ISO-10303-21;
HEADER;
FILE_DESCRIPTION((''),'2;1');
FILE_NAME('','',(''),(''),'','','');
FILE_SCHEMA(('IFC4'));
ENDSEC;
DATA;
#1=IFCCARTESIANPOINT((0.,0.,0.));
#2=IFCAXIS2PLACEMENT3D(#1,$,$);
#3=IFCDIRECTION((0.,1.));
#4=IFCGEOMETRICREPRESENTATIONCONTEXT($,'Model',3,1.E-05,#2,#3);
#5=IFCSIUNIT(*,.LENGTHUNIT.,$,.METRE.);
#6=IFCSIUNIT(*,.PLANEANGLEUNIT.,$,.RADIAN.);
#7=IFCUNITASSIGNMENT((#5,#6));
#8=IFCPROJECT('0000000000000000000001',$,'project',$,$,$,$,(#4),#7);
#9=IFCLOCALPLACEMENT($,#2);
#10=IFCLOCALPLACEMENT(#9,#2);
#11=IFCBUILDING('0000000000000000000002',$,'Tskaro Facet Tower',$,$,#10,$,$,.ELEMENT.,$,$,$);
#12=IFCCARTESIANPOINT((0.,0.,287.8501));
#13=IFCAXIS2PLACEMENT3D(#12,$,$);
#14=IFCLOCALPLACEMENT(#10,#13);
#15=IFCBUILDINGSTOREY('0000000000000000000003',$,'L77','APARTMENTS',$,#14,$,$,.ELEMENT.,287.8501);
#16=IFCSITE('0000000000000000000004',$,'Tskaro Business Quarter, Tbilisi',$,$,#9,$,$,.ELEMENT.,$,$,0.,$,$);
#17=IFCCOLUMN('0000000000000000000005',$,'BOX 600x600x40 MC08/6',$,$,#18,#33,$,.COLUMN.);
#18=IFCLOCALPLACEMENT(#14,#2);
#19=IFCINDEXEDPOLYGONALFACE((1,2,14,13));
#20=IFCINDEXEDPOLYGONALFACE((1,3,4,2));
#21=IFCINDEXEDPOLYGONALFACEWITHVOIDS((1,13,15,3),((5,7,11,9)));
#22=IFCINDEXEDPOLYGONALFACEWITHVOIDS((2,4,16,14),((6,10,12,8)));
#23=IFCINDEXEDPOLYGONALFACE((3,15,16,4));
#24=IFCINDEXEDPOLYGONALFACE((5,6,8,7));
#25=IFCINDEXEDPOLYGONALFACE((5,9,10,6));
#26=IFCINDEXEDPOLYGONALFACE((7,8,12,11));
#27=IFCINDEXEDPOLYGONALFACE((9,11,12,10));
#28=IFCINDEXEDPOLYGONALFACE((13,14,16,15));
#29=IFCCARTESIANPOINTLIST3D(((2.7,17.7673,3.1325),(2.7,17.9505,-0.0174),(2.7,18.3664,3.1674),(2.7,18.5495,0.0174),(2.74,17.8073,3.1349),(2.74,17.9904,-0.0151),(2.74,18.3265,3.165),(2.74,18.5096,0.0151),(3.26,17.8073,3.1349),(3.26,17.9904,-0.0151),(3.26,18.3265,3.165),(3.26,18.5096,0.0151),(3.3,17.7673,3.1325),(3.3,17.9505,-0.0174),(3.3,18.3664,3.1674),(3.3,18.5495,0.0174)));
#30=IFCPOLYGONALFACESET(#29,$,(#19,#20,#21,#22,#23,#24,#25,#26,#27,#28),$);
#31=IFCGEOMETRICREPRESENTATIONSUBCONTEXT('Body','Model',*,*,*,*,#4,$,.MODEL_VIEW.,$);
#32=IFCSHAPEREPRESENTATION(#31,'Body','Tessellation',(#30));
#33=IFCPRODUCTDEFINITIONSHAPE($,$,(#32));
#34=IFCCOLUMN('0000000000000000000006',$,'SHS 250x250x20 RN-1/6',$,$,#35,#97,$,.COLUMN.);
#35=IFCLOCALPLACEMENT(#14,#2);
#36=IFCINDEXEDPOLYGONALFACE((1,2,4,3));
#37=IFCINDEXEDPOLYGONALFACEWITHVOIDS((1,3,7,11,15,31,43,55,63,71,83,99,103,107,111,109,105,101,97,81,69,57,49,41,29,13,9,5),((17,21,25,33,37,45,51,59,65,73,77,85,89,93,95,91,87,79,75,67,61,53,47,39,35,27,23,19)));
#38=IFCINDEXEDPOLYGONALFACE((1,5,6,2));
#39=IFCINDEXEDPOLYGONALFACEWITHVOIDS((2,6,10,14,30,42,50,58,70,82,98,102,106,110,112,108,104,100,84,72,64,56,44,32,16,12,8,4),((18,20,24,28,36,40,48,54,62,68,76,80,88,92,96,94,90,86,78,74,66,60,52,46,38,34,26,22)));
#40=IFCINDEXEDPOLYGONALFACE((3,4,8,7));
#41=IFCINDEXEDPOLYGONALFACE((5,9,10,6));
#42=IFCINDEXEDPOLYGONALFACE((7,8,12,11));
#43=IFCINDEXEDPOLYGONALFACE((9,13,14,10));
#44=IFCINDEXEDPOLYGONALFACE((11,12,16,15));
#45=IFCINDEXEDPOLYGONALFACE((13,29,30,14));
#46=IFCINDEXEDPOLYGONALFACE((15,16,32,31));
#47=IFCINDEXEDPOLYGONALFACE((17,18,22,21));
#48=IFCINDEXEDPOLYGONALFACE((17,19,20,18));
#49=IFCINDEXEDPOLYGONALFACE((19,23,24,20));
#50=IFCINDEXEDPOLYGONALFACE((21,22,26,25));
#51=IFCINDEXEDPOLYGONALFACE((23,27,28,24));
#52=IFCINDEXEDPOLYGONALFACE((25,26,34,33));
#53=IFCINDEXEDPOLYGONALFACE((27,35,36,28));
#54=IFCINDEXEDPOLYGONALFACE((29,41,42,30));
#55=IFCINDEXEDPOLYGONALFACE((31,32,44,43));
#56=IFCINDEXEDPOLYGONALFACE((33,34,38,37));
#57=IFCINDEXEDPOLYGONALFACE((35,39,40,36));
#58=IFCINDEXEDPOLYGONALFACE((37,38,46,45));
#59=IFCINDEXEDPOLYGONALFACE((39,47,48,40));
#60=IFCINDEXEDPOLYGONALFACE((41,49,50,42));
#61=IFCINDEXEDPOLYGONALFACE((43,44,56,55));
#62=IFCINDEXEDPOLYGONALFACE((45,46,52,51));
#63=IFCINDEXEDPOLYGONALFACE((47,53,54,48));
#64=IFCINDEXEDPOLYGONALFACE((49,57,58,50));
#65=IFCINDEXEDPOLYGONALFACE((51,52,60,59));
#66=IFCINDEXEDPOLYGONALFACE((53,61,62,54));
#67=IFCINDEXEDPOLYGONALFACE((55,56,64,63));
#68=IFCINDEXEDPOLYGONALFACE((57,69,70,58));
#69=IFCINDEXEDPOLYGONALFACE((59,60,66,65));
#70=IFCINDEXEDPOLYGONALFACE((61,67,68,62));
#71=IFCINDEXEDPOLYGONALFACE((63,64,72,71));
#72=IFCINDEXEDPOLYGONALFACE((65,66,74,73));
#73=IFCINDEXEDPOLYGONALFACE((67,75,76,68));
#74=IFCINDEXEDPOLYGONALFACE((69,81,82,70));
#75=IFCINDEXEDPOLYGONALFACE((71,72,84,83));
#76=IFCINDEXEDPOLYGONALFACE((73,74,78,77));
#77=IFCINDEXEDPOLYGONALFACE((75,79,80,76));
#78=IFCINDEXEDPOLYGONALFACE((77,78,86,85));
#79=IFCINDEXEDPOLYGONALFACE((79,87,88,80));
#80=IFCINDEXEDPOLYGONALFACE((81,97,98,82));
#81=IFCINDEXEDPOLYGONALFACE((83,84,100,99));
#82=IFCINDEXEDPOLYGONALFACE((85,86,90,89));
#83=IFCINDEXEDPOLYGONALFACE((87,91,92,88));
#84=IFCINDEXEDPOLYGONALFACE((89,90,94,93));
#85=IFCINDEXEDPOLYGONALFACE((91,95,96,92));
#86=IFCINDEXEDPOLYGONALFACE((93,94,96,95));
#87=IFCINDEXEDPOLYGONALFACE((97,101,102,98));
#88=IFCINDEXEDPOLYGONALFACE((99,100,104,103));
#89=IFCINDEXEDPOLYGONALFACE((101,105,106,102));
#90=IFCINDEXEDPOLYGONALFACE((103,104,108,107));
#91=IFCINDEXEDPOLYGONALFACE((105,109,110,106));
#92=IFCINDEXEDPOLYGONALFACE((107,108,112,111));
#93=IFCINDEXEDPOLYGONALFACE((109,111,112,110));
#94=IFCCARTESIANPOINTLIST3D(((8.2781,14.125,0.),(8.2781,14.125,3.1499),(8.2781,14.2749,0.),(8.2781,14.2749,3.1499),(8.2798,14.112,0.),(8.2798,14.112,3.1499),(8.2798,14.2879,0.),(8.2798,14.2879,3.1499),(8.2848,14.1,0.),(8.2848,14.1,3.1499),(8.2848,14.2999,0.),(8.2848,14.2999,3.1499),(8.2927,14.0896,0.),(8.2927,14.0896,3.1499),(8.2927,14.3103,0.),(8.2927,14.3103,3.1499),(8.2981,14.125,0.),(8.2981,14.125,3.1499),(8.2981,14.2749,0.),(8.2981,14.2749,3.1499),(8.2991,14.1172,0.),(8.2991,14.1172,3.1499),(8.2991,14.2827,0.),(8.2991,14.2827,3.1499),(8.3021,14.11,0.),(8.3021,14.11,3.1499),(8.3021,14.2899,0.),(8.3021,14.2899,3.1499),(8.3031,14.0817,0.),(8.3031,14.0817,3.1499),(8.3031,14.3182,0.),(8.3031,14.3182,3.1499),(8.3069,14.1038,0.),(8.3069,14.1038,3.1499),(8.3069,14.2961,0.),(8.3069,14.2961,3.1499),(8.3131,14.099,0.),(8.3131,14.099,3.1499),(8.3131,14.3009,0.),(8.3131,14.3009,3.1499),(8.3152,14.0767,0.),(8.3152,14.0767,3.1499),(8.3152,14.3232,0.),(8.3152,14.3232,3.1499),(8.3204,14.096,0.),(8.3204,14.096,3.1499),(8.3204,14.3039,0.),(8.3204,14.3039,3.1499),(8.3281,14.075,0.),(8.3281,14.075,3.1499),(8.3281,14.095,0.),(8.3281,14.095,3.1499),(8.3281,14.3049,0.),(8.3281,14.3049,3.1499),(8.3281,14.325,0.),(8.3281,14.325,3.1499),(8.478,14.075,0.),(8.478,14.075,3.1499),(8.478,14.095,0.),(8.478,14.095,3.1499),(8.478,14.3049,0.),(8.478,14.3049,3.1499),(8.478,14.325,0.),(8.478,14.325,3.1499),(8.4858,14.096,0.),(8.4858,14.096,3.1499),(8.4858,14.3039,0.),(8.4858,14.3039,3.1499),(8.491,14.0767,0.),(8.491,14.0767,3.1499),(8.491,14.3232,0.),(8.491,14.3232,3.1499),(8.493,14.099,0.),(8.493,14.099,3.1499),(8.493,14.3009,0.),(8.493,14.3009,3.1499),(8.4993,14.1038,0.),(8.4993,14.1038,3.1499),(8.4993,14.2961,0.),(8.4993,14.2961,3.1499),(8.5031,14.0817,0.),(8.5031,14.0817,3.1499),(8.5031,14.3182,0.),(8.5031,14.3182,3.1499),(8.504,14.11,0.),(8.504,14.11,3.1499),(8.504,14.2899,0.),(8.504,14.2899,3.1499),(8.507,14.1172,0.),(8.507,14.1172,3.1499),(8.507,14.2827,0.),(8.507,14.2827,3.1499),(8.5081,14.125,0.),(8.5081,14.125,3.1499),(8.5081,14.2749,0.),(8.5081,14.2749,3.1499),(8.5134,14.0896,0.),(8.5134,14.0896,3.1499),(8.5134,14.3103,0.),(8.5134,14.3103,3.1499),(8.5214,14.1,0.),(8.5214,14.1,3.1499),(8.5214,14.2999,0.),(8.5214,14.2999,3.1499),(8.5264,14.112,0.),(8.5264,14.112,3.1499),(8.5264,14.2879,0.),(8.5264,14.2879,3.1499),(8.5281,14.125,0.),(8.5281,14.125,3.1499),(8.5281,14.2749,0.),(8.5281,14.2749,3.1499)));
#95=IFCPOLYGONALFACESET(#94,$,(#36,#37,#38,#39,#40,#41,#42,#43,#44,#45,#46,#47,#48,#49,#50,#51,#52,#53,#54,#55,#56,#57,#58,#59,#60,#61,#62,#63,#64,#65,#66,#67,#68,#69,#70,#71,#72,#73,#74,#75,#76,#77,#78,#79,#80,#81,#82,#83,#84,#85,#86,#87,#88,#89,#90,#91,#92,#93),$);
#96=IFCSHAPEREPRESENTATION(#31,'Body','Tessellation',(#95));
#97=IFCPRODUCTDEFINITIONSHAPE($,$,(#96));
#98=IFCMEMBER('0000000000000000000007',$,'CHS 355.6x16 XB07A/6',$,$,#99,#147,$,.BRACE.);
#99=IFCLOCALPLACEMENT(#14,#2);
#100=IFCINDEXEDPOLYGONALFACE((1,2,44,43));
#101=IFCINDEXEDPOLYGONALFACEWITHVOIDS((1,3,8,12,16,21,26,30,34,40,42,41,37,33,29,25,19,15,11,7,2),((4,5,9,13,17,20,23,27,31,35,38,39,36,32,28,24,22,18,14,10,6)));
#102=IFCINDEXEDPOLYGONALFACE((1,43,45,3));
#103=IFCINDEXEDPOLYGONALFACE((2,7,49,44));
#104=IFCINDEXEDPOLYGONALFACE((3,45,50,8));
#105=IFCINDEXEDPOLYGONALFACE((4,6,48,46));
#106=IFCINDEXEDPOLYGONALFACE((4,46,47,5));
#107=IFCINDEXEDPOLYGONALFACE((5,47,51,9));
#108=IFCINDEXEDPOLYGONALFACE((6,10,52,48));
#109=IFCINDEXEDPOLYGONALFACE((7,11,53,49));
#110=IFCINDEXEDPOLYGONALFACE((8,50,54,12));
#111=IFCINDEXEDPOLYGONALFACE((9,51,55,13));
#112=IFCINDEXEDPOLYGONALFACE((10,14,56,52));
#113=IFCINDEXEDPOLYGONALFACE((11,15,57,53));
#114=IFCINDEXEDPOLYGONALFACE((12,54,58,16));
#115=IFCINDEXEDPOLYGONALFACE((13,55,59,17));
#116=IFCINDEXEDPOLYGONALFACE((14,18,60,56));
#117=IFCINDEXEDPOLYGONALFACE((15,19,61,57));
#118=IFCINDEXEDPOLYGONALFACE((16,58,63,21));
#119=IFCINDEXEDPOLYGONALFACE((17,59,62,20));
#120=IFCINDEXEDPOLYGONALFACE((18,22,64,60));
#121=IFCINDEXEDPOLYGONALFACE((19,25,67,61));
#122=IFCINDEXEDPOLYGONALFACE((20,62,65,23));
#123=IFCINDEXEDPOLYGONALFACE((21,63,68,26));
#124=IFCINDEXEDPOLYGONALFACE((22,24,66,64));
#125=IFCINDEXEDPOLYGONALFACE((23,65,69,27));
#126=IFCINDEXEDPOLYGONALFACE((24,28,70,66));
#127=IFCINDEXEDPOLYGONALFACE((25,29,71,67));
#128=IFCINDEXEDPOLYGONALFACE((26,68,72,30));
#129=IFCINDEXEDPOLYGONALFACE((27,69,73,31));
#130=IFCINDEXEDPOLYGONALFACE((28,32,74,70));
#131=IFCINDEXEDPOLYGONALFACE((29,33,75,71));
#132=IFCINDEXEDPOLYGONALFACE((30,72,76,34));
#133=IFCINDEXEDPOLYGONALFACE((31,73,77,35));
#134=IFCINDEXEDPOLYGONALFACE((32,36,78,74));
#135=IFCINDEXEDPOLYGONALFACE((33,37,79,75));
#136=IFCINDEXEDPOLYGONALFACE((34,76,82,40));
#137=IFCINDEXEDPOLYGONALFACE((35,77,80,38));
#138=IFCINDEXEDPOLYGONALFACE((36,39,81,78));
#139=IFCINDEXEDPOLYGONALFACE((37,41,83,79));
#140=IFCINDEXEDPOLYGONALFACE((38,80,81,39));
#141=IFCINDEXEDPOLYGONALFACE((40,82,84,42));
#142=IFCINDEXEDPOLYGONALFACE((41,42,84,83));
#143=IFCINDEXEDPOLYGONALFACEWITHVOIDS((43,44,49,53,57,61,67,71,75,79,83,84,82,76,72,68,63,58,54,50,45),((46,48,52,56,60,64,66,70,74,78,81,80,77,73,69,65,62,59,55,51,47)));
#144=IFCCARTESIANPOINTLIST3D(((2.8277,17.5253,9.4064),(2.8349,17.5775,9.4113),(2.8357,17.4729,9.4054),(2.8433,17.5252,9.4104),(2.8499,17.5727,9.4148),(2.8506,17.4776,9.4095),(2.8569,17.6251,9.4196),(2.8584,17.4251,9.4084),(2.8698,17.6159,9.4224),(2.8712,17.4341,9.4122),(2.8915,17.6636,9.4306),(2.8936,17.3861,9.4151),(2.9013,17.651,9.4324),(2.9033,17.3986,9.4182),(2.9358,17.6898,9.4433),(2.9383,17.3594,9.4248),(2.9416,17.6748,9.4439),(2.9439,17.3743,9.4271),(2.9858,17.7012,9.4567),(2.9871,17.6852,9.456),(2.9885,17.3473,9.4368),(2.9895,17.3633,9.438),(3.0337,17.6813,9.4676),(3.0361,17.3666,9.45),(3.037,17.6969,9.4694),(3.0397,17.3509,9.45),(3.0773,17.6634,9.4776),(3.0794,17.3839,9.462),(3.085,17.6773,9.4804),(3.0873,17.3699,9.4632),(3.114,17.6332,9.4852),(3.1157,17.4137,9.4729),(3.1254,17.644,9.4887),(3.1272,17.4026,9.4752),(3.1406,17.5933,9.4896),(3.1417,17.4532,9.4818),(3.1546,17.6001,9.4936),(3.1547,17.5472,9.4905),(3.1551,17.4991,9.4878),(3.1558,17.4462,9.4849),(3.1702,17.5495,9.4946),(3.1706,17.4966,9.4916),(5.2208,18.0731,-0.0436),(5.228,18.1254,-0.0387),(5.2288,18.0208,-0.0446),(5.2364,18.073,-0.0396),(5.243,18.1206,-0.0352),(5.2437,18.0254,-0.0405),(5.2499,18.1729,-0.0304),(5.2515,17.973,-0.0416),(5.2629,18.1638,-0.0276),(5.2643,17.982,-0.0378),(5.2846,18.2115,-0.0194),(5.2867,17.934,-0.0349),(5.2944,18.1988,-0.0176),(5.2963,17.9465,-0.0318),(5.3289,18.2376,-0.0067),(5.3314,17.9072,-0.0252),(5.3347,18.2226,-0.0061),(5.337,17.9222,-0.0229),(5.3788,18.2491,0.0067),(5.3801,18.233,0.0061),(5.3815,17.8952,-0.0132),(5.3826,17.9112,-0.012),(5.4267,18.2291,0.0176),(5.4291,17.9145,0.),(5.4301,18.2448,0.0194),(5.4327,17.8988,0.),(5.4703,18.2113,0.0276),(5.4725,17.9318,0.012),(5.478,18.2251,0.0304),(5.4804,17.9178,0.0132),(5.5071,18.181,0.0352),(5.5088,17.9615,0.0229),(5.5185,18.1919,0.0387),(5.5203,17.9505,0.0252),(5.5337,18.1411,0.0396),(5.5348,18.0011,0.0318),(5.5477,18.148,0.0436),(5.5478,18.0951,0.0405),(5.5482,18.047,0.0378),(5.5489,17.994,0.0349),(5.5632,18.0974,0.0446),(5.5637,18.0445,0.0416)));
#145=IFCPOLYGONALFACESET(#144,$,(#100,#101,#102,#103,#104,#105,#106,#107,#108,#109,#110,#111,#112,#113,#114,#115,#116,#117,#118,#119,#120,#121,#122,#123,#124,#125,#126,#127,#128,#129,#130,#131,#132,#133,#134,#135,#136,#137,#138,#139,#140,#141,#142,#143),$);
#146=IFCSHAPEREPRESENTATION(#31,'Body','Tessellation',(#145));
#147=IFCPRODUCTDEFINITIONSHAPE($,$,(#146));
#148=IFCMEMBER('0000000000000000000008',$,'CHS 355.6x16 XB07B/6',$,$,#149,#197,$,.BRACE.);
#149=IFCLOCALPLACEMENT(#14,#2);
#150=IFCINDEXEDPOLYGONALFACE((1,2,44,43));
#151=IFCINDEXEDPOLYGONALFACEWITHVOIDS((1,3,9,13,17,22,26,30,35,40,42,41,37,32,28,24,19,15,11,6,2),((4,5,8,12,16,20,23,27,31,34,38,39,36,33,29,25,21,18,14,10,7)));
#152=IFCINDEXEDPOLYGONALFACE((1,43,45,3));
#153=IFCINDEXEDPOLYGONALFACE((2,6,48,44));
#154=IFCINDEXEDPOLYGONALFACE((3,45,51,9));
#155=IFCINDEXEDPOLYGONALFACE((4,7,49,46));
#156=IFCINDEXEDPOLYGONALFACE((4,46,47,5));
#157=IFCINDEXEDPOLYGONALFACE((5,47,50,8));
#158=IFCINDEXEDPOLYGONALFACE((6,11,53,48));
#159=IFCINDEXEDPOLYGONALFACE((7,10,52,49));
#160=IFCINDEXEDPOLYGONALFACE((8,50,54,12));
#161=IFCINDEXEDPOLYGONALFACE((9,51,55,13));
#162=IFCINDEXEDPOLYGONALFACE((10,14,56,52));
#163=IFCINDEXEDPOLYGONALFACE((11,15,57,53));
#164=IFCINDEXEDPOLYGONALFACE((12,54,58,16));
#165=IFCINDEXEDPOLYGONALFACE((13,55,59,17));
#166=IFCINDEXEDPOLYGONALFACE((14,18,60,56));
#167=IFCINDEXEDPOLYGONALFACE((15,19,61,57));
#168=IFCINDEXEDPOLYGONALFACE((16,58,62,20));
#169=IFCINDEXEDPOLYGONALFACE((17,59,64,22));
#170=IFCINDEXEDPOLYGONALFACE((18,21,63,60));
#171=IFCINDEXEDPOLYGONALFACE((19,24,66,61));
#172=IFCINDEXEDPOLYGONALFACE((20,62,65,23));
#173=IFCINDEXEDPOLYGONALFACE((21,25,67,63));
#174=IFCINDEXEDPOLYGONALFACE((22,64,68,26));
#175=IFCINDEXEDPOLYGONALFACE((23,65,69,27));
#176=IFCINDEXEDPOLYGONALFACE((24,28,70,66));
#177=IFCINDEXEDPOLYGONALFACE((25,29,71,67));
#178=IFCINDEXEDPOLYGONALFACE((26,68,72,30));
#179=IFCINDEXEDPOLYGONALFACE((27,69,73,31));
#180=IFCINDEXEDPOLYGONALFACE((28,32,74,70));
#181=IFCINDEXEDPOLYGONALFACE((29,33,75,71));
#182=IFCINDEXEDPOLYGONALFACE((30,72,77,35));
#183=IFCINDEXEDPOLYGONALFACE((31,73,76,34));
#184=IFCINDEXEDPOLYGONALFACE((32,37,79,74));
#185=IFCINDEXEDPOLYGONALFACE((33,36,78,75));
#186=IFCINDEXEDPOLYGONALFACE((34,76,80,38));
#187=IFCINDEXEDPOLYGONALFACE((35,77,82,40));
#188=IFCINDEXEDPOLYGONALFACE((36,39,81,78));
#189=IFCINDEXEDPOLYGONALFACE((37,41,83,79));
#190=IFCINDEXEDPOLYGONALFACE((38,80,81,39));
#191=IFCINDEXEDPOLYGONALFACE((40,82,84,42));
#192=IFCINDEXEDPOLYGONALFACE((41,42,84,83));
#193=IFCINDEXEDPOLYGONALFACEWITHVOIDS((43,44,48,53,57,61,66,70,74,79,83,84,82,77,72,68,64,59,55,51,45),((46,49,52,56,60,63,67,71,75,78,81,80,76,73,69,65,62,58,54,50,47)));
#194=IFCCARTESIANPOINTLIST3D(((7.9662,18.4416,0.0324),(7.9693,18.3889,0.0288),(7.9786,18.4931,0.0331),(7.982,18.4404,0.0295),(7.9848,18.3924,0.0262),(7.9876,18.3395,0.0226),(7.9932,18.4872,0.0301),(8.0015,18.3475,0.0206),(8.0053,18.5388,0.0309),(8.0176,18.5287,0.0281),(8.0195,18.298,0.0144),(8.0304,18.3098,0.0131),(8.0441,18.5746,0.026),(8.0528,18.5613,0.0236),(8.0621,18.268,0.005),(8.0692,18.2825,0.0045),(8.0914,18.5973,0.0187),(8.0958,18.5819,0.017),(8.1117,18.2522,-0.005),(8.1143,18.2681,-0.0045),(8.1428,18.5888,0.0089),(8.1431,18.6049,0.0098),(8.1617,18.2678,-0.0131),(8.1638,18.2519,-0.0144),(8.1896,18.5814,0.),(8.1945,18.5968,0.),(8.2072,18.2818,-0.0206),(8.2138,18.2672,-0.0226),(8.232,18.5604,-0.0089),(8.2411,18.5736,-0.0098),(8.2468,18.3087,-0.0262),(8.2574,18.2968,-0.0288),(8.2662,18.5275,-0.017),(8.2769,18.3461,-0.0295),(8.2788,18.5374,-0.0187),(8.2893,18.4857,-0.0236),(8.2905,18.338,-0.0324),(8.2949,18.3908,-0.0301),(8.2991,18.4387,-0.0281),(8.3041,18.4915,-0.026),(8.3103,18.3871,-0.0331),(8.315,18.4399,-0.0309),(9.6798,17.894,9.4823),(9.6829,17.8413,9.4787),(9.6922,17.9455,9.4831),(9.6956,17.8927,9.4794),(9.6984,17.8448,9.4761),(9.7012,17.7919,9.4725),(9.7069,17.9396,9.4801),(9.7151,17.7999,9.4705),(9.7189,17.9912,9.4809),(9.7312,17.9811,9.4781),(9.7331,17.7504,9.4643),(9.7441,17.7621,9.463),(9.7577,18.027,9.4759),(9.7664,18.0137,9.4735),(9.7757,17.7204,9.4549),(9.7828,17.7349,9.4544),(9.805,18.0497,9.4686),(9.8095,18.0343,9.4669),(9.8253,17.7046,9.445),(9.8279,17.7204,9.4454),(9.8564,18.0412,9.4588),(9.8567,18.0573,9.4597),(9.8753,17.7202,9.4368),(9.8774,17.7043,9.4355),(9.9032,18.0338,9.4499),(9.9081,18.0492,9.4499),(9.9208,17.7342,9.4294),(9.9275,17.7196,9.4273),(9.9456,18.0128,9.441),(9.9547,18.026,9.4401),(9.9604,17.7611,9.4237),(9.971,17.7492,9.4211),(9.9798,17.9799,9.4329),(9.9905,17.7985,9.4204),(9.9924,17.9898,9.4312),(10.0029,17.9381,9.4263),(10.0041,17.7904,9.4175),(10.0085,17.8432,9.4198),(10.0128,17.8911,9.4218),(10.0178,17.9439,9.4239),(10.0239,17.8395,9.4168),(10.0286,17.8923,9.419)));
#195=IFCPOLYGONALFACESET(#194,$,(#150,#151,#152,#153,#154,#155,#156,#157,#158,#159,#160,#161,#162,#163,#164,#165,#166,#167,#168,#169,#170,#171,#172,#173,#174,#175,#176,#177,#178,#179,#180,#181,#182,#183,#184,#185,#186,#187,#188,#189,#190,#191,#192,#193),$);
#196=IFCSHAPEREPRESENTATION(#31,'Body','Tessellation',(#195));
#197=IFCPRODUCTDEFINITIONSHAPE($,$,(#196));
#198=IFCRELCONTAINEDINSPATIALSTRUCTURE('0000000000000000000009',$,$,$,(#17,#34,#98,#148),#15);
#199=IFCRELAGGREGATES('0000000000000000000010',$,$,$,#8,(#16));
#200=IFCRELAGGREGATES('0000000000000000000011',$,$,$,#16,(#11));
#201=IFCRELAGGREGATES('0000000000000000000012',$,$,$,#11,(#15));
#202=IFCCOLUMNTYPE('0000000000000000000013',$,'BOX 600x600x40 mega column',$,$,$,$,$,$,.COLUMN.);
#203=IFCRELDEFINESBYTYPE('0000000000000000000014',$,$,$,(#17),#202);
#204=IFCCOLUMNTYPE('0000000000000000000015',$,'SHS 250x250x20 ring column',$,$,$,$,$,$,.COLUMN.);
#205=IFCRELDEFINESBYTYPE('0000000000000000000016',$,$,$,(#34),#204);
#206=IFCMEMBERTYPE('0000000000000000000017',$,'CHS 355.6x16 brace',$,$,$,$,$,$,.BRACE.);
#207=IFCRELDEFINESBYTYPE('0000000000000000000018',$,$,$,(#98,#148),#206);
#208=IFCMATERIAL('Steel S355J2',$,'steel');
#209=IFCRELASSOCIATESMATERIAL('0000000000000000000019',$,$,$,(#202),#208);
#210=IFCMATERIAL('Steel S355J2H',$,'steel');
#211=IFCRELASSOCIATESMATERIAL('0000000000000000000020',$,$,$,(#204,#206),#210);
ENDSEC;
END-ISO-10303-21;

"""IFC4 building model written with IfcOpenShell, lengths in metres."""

from ifc_helpers import new_model, si_unit, direction, frame, origin, origin_2d, place, context, subcontext, project, spatial, hollow_rectangle, hollow_circle, extrude, material, material_profile, profile_set, type_object, element, save


model = new_model("IFC4")

# Units and contexts
model_context = context("Model", 3, precision=1e-05, world=origin(), true_north=direction((0.0, 1.0)))
body_context = subcontext(model_context, "Body", "Model", "MODEL_VIEW")
ifc_project = project(units=[si_unit("LENGTHUNIT", "METRE"), si_unit("PLANEANGLEUNIT", "RADIAN")], contexts=[model_context])

# Site, building, storey
site_placement = place(None, origin())
site = spatial("IfcSite", under=ifc_project, at=site_placement, Name="Tskaro Business Quarter, Tbilisi", CompositionType="ELEMENT", RefElevation=0.0)
building_placement = place(site_placement, origin())
building = spatial("IfcBuilding", under=site, at=building_placement, Name="Tskaro Facet Tower", CompositionType="ELEMENT")
storey_placement = place(building_placement, frame((0.0, 0.0, 287.8501)))
storey = spatial("IfcBuildingStorey", under=building, at=storey_placement, Name="L77", Description="APARTMENTS", CompositionType="ELEMENT", Elevation=287.8501)

# Columns
ifc_material_1 = material(Name="Steel S355J2", Category="steel")
ifc_material_profile_1 = material_profile(ifc_material_1, hollow_rectangle(XDim=0.6001, YDim=0.6001, WallThickness=0.04, at=origin_2d()), Name="BOX 600x600x40")
ifc_profile_set_1 = profile_set([ifc_material_profile_1], Name="Steel S355J2")
column_type_1 = type_object("IfcColumnType", Name="BOX 600x600x40 mega column", PredefinedType="COLUMN", material=ifc_profile_set_1)
column_1_placement = place(storey_placement, frame((3.0, 18.25, 0.0), z_axis=(0.0, -0.058033, 0.998315), x_axis=(1.0, 0.0, 0.0)))
element("IfcColumn", 1, at=column_1_placement, inside=storey, type_object=column_type_1, Name="BOX 600x600x40 MC08/6", PredefinedType="COLUMN", context=body_context, shape_type="SweptSolid", body=[
    extrude(hollow_rectangle(XDim=0.6001, YDim=0.6001, WallThickness=0.04, at=origin_2d()), origin(), (0.0, 0.0, 1.0), 3.1553),
])
ifc_material_2 = material(Name="Steel S355J2H", Category="steel")
ifc_material_profile_2 = material_profile(ifc_material_2, hollow_rectangle(XDim=0.25, YDim=0.25, WallThickness=0.02, InnerFilletRadius=0.03, OuterFilletRadius=0.05, at=origin_2d()), Name="SHS 250x250x20")
ifc_profile_set_2 = profile_set([ifc_material_profile_2], Name="Steel S355J2H")
column_type_2 = type_object("IfcColumnType", Name="SHS 250x250x20 ring column", PredefinedType="COLUMN", material=ifc_profile_set_2)
column_2_placement = place(storey_placement, frame((8.4031, 14.2, 0.0), z_axis=(0.0, 0.0, 1.0), x_axis=(1.0, 0.0, 0.0)))
element("IfcColumn", 2, at=column_2_placement, inside=storey, type_object=column_type_2, Name="SHS 250x250x20 RN-1/6", PredefinedType="COLUMN", context=body_context, shape_type="SweptSolid", body=[
    extrude(hollow_rectangle(XDim=0.25, YDim=0.25, WallThickness=0.02, InnerFilletRadius=0.03, OuterFilletRadius=0.05, at=origin_2d()), origin(), (0.0, 0.0, 1.0), 3.1499),
])

# Members
ifc_material_profile_3 = material_profile(ifc_material_2, hollow_circle(Radius=0.1777, WallThickness=0.0161, at=origin_2d()), Name="CHS 355.6x16")
ifc_profile_set_3 = profile_set([ifc_material_profile_3], Name="Steel S355J2H")
member_type_1 = type_object("IfcMemberType", Name="CHS 355.6x16 brace", PredefinedType="BRACE", material=ifc_profile_set_3)
member_1_placement = place(storey_placement, frame((5.3931, 18.072, 0.0), z_axis=(-0.2451, -0.056111, 0.967873), x_axis=(0.22316, -0.974782, 0.0)))
element("IfcMember", 3, at=member_1_placement, inside=storey, type_object=member_type_1, Name="CHS 355.6x16 XB07A/6", PredefinedType="BRACE", context=body_context, shape_type="SweptSolid", body=[
    extrude(hollow_circle(Radius=0.1777, WallThickness=0.0161, at=origin_2d()), origin(), (0.0, 0.0, 1.0), 9.7637),
])
member_2_placement = place(storey_placement, frame((8.1404, 18.4275, 0.0), z_axis=(0.178137, -0.056926, 0.982358), x_axis=(0.304397, 0.952545, 0.0)))
element("IfcMember", 4, at=member_2_placement, inside=storey, type_object=member_type_1, Name="CHS 355.6x16 XB07B/6", PredefinedType="BRACE", context=body_context, shape_type="SweptSolid", body=[
    extrude(hollow_circle(Radius=0.1777, WallThickness=0.0161, at=origin_2d()), origin(), (0.0, 0.0, 1.0), 9.6196),
])

save(model, "model.ifc")
